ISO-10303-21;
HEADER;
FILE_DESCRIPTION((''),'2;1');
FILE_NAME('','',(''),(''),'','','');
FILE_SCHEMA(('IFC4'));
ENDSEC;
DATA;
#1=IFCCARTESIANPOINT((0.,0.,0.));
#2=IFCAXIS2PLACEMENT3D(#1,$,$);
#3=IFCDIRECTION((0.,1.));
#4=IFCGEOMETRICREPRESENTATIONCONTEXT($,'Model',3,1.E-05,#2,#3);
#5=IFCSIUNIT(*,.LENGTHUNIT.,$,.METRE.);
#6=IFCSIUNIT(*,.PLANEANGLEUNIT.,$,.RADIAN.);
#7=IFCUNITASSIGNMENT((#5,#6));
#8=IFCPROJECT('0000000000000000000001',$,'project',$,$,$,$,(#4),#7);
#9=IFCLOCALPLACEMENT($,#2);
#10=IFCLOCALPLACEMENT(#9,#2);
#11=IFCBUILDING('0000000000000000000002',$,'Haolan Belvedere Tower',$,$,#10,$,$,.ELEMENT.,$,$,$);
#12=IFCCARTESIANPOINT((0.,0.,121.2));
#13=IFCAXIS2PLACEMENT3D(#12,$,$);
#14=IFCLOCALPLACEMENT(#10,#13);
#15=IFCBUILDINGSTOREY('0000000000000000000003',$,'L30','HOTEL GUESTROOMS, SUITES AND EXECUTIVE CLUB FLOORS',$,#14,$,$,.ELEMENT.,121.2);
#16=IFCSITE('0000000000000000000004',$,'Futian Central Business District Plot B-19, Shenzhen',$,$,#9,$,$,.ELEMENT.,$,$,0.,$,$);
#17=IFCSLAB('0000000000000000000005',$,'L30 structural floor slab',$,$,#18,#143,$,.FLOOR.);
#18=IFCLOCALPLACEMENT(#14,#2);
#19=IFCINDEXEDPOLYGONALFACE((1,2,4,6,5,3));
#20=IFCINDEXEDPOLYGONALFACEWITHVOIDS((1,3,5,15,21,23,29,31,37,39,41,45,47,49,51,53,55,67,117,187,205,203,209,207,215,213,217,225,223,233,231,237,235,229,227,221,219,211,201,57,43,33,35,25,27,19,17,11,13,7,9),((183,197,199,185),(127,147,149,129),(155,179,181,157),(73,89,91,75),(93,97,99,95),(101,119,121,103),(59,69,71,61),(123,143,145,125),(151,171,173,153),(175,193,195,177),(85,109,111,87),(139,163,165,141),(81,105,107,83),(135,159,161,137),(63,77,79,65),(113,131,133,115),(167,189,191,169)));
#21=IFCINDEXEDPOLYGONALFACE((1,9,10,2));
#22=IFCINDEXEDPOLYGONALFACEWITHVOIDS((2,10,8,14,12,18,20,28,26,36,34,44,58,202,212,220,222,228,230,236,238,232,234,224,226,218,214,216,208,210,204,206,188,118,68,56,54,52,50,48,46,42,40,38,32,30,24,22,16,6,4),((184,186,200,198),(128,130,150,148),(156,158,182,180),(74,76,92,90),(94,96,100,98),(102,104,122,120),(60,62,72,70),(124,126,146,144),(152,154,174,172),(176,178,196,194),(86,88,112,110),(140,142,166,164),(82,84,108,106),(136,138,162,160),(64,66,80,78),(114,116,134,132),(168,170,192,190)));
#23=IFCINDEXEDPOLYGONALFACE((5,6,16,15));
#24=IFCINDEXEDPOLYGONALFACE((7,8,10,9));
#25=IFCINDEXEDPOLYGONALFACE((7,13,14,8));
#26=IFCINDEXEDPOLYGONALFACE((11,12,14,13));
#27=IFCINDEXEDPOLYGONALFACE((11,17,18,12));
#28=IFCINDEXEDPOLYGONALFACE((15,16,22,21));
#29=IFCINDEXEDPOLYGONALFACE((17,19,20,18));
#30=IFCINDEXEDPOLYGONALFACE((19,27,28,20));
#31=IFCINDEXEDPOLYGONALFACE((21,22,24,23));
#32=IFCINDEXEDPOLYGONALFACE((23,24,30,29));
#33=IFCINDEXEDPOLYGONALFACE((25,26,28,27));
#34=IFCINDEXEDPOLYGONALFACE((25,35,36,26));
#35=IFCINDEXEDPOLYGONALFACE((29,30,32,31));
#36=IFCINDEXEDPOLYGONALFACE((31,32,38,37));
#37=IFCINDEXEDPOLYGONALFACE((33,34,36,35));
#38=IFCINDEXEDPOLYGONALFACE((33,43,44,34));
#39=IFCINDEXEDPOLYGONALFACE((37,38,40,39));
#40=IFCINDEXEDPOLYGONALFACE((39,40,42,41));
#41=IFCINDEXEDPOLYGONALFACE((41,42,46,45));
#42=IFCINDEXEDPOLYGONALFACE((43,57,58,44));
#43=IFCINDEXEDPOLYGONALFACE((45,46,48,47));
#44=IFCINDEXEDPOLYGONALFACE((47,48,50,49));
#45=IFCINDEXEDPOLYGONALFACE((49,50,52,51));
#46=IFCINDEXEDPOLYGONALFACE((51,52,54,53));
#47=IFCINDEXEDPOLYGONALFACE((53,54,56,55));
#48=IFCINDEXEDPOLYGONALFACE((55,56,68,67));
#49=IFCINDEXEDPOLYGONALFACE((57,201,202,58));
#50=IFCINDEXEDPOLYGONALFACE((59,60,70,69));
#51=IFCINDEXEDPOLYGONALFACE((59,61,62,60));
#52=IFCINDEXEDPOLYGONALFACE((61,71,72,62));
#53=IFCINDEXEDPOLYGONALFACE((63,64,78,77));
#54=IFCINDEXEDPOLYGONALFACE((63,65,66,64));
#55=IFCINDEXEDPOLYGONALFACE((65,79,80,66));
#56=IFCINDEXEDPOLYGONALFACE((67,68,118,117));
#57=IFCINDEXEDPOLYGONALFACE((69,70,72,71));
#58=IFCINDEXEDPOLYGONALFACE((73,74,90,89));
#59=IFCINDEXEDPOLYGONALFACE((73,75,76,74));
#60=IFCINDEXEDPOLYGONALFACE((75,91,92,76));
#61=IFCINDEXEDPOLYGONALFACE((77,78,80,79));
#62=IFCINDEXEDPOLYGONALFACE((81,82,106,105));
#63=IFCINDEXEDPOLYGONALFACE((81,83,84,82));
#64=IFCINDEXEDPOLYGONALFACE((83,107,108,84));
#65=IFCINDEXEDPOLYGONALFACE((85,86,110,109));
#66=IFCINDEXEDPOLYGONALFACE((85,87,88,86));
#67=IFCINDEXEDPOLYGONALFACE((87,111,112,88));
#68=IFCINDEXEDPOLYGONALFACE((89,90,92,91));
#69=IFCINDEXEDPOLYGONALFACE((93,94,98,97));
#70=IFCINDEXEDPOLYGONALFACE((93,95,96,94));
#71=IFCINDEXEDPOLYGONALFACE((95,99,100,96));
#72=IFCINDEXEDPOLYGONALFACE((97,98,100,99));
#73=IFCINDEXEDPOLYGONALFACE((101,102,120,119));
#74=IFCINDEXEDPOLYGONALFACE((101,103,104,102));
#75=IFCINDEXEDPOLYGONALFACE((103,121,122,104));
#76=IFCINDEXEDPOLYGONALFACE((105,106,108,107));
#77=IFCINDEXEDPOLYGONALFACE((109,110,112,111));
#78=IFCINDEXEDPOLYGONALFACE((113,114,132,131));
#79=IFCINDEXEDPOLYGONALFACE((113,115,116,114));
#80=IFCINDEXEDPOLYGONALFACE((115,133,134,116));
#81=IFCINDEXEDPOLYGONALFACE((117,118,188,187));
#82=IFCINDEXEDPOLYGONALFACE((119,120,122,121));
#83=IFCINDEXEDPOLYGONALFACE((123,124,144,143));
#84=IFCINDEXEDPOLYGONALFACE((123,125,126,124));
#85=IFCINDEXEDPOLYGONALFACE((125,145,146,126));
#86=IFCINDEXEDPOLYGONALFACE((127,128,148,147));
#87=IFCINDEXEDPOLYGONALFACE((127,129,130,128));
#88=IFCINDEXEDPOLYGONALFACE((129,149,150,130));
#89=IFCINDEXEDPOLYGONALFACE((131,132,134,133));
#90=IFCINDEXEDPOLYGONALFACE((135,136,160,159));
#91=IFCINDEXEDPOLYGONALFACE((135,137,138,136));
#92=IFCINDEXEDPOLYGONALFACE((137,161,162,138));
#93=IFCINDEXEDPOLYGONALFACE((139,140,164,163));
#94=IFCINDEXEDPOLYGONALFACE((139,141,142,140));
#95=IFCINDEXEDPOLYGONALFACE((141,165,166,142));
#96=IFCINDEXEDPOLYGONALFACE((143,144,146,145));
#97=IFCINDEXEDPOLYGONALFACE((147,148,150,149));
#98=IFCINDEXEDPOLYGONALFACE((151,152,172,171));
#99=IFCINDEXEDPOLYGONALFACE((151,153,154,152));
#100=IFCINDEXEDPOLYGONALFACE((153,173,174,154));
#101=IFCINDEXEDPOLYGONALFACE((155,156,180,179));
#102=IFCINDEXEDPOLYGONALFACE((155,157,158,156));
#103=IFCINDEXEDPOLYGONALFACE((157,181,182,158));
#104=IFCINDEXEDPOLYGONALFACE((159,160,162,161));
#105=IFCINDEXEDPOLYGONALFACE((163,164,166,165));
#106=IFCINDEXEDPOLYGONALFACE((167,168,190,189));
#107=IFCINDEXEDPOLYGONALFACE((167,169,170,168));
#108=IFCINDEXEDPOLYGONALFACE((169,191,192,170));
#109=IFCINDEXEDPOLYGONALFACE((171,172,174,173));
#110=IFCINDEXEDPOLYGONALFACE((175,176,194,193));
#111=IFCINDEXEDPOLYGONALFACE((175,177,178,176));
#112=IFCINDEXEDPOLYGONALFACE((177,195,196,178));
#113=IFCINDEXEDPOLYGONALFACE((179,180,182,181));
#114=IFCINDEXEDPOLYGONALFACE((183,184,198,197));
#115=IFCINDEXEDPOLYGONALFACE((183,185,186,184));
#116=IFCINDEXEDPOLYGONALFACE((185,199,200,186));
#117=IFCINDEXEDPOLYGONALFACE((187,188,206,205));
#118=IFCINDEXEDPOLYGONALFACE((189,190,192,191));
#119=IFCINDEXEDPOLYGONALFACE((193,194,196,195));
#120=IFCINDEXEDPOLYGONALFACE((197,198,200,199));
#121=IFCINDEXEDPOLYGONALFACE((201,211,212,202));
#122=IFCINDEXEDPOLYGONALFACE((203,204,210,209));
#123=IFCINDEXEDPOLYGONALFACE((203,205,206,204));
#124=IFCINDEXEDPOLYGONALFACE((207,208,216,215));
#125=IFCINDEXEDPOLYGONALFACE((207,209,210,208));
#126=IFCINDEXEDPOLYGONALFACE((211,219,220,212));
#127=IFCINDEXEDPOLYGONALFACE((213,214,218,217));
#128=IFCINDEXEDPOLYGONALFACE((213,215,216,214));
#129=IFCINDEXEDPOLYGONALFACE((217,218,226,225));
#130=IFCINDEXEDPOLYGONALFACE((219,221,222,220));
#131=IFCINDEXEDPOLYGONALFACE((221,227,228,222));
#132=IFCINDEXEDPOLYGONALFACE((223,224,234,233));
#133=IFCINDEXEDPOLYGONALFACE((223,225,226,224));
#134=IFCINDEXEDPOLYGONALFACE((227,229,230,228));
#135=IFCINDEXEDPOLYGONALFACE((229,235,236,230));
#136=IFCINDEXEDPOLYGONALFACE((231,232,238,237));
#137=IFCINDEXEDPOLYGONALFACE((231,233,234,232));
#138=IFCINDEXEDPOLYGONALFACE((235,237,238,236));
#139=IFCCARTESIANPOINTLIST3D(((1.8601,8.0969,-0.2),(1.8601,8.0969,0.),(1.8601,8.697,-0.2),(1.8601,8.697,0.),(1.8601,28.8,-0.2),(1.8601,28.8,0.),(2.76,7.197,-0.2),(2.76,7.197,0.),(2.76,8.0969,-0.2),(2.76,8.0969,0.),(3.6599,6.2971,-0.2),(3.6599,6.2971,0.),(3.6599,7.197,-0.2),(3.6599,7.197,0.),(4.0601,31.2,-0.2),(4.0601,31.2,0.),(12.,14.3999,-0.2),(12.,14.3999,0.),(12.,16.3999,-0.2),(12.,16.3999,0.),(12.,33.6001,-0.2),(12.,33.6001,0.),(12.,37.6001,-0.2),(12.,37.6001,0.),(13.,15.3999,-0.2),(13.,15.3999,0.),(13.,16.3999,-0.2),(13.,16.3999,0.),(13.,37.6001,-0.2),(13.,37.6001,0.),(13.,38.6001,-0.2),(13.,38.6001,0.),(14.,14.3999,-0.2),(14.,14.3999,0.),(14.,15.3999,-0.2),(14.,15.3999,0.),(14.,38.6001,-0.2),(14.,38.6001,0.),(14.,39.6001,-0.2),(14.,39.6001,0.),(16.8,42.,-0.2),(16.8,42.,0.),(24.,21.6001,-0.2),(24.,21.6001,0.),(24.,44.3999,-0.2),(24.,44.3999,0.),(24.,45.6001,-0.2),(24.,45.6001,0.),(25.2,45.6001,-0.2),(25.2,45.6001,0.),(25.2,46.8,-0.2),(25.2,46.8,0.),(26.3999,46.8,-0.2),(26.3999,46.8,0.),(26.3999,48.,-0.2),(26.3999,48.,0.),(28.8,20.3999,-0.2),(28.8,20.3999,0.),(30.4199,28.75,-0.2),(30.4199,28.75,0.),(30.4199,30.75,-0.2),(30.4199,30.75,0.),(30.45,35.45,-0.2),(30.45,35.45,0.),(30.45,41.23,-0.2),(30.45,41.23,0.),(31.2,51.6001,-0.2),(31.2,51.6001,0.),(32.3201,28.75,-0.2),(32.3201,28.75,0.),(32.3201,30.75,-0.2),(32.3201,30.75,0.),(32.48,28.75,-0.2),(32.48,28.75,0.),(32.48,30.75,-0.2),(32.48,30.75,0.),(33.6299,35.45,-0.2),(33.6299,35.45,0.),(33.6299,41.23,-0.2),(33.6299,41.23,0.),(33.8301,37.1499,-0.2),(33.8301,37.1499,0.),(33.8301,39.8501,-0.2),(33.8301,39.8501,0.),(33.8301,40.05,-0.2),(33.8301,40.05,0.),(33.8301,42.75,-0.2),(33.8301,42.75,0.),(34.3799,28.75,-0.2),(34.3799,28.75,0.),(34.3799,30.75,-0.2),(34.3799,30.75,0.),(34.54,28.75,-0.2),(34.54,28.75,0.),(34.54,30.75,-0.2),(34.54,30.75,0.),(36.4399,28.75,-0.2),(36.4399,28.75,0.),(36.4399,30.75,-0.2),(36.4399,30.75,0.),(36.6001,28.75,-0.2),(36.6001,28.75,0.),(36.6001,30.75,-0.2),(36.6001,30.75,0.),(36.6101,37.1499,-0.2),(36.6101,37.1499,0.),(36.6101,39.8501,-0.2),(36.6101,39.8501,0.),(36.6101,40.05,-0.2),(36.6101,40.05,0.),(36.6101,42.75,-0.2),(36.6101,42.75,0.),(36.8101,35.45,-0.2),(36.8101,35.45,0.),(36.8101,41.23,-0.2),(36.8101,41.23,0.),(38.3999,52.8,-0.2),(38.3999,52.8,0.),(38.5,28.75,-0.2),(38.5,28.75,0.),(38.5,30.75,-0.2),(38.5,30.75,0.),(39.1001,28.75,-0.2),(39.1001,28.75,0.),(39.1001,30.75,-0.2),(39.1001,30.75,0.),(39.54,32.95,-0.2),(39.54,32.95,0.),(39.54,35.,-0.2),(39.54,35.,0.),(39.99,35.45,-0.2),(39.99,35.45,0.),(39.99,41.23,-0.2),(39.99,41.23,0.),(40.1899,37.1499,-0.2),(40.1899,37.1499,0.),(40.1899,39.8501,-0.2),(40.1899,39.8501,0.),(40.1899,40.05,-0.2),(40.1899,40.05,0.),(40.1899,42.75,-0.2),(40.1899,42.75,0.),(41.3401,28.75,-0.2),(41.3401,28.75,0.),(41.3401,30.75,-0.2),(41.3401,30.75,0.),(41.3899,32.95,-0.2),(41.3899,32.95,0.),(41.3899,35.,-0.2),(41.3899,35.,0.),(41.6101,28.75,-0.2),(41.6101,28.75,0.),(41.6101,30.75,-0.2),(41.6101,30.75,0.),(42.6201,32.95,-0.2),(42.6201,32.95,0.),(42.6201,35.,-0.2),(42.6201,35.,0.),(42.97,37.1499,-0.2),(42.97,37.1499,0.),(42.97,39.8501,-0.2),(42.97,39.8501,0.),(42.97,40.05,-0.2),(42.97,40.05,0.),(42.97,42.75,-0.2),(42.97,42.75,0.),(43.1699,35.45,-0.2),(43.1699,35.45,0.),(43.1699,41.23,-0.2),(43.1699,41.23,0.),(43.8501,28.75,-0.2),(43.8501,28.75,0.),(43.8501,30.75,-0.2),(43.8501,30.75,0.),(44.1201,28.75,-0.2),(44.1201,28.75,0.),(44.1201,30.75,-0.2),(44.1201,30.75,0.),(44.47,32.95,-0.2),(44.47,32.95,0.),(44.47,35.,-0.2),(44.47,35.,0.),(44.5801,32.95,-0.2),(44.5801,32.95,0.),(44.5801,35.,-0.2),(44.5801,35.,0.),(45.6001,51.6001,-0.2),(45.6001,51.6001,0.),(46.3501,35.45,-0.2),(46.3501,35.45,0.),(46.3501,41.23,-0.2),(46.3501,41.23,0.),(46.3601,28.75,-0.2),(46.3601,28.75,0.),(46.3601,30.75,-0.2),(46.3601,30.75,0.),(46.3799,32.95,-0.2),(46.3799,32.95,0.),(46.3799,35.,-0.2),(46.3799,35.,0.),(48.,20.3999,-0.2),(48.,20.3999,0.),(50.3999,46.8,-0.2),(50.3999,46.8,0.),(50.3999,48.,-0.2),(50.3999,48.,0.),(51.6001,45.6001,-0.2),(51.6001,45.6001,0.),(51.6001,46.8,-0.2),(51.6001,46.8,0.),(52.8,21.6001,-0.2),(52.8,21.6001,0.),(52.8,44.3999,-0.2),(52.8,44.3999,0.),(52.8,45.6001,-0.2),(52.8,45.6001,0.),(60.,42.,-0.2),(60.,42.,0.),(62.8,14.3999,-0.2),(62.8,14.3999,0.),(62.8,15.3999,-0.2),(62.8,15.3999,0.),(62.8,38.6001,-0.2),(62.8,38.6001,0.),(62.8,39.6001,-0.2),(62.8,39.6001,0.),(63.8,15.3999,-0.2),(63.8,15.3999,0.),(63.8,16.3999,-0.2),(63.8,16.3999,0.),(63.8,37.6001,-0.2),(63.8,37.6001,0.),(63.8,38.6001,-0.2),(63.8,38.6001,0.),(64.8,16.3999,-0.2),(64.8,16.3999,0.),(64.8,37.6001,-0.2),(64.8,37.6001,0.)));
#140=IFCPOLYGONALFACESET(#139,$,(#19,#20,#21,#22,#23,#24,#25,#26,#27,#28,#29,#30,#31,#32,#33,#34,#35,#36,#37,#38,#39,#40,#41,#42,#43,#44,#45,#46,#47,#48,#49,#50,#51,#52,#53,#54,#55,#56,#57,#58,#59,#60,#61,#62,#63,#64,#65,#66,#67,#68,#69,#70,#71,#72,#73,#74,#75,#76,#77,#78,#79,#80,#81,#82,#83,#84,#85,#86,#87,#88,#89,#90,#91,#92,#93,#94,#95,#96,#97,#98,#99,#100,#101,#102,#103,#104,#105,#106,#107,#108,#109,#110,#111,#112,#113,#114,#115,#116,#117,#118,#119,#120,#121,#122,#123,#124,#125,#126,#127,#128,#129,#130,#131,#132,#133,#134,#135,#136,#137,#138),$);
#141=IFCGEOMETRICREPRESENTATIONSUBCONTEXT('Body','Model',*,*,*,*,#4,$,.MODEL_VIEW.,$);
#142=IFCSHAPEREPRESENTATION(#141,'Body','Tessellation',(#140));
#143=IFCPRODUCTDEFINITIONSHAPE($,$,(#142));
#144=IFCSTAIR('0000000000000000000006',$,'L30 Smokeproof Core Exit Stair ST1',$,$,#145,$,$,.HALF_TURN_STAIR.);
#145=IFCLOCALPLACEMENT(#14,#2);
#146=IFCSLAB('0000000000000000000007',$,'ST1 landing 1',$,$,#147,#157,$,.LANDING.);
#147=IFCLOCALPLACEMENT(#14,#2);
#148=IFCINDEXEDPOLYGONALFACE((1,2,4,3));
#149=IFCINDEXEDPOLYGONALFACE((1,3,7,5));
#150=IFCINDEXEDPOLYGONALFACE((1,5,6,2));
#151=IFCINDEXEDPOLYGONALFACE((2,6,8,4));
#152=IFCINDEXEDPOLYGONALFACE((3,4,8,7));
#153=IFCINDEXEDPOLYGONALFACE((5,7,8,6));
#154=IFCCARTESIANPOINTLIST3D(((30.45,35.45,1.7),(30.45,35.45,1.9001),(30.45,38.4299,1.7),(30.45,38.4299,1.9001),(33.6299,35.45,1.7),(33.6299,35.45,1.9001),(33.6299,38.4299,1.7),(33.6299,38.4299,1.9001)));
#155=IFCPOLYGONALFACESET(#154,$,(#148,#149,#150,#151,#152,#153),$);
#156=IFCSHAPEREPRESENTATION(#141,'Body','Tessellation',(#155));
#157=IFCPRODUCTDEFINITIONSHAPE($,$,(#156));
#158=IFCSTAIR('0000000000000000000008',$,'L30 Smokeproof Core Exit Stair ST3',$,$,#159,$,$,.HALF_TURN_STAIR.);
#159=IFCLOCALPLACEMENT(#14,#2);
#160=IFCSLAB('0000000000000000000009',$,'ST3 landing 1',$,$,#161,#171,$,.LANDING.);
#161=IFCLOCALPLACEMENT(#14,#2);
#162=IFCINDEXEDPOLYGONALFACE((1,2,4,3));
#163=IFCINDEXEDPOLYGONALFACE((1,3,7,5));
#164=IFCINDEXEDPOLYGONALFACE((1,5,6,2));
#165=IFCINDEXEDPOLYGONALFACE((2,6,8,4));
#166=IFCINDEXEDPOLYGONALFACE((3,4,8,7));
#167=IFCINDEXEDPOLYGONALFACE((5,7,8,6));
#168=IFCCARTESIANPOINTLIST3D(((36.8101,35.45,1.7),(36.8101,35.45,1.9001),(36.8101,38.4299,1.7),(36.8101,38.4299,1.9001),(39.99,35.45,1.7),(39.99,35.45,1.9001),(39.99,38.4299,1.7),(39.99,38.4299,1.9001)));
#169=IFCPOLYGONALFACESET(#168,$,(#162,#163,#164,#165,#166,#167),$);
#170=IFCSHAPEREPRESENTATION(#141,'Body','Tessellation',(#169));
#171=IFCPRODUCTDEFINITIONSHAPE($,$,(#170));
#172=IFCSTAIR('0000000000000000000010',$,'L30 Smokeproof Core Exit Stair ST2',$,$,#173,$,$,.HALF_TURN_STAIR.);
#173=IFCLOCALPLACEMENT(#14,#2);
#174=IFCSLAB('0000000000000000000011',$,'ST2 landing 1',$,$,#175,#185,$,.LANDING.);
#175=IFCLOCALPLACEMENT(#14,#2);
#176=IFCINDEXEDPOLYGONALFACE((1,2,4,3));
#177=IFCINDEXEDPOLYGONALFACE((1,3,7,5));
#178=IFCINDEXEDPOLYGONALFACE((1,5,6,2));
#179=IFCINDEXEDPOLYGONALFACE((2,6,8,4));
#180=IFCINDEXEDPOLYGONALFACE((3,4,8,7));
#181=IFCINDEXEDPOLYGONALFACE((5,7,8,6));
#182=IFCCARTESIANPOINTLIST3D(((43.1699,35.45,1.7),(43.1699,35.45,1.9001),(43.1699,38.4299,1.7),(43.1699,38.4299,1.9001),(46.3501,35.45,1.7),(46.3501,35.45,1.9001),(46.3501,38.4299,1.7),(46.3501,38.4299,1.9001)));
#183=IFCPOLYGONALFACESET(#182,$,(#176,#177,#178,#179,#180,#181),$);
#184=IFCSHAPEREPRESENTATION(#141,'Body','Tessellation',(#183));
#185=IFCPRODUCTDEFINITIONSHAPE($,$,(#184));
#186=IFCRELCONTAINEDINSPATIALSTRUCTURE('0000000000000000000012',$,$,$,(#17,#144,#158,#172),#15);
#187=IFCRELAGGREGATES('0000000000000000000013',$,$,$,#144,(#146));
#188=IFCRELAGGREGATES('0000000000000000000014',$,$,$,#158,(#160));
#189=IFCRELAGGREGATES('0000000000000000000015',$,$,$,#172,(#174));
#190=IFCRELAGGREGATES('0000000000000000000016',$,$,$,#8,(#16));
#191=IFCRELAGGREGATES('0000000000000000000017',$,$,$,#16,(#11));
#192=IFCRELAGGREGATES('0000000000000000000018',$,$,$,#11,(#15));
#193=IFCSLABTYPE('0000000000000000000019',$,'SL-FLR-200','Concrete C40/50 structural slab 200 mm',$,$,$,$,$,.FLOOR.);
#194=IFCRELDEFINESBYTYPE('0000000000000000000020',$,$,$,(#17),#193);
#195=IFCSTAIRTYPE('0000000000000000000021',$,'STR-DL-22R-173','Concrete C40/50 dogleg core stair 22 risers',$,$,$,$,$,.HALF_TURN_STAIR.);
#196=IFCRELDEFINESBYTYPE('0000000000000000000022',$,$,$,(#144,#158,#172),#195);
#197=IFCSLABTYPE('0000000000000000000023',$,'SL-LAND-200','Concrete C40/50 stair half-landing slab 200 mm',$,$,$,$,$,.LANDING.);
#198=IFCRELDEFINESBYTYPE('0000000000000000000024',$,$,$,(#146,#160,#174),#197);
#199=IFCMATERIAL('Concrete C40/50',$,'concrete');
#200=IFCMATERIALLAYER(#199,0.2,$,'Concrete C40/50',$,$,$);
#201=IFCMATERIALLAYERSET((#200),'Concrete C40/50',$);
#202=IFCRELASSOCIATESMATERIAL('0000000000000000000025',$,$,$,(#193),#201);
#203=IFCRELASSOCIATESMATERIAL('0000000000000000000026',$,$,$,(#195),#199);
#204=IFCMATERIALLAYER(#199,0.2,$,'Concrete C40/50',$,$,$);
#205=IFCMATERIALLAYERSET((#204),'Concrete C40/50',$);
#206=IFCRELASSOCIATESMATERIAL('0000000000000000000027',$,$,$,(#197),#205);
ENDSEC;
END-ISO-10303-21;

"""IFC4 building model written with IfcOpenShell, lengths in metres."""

from ifc_helpers import new_model, si_unit, direction, frame, origin, place, context, subcontext, project, spatial, polyline, outline, extrude, material, layer, layer_set, type_object, element, aggregate, save


model = new_model("IFC4")

# Units and contexts
model_context = context("Model", 3, precision=1e-05, world=origin(), true_north=direction((0.0, 1.0)))
body_context = subcontext(model_context, "Body", "Model", "MODEL_VIEW")
ifc_project = project(units=[si_unit("LENGTHUNIT", "METRE"), si_unit("PLANEANGLEUNIT", "RADIAN")], contexts=[model_context])

# Site, building, storey
site_placement = place(None, origin())
site = spatial("IfcSite", under=ifc_project, at=site_placement, Name="Futian Central Business District Plot B-19, Shenzhen", CompositionType="ELEMENT", RefElevation=0.0)
building_placement = place(site_placement, origin())
building = spatial("IfcBuilding", under=site, at=building_placement, Name="Haolan Belvedere Tower", CompositionType="ELEMENT")
storey_placement = place(building_placement, frame((0.0, 0.0, 121.2)))
storey = spatial("IfcBuildingStorey", under=building, at=storey_placement, Name="L30", Description="HOTEL GUESTROOMS, SUITES AND EXECUTIVE CLUB FLOORS", CompositionType="ELEMENT", Elevation=121.2)

# Slab
ifc_material_1 = material(Name="Concrete C40/50", Category="concrete")
ifc_layer_1 = layer(ifc_material_1, 0.2, Name="Concrete C40/50")
ifc_layer_set_1 = layer_set([ifc_layer_1], Name="Concrete C40/50")
slab_type_1 = type_object("IfcSlabType", Name="SL-FLR-200", Description="Concrete C40/50 structural slab 200 mm", PredefinedType="FLOOR", material=ifc_layer_set_1)
slab_1_placement = place(storey_placement, frame((0.0, 0.0, -0.2)))
element("IfcSlab", 1, at=slab_1_placement, inside=storey, type_object=slab_type_1, Name="L30 structural floor slab", PredefinedType="FLOOR", context=body_context, shape_type="SweptSolid", body=[
    extrude(outline(polyline([(12.0, 14.3999), (12.0, 16.3999), (13.0, 16.3999), (13.0, 15.3999), (14.0, 15.3999), (14.0, 14.3999), (24.0, 21.6001), (28.8, 20.3999), (48.0, 20.3999), (52.8, 21.6001), (62.8, 14.3999), (62.8, 15.3999), (63.8, 15.3999), (63.8, 16.3999), (64.8, 16.3999), (64.8, 37.6001), (63.8, 37.6001), (63.8, 38.6001), (62.8, 38.6001), (62.8, 39.6001), (60.0, 42.0), (52.8, 44.3999), (52.8, 45.6001), (51.6001, 45.6001), (51.6001, 46.8), (50.3999, 46.8), (50.3999, 48.0), (45.6001, 51.6001), (38.3999, 52.8), (31.2, 51.6001), (26.3999, 48.0), (26.3999, 46.8), (25.2, 46.8), (25.2, 45.6001), (24.0, 45.6001), (24.0, 44.3999), (16.8, 42.0), (14.0, 39.6001), (14.0, 38.6001), (13.0, 38.6001), (13.0, 37.6001), (12.0, 37.6001), (12.0, 33.6001), (4.0601, 31.2), (1.8601, 28.8), (1.8601, 8.697), (1.8601, 8.0969), (2.76, 8.0969), (2.76, 7.197), (3.6599, 7.197), (3.6599, 6.2971), (12.0, 14.3999)]), holes=[polyline([(30.45, 41.23), (30.45, 35.45), (33.6299, 35.45), (33.6299, 41.23), (30.45, 41.23)]), polyline([(36.8101, 41.23), (36.8101, 35.45), (39.99, 35.45), (39.99, 41.23), (36.8101, 41.23)]), polyline([(43.1699, 41.23), (43.1699, 35.45), (46.3501, 35.45), (46.3501, 41.23), (43.1699, 41.23)]), polyline([(33.8301, 40.05), (36.6101, 40.05), (36.6101, 42.75), (33.8301, 42.75), (33.8301, 40.05)]), polyline([(33.8301, 37.1499), (36.6101, 37.1499), (36.6101, 39.8501), (33.8301, 39.8501), (33.8301, 37.1499)]), polyline([(40.1899, 40.05), (42.97, 40.05), (42.97, 42.75), (40.1899, 42.75), (40.1899, 40.05)]), polyline([(40.1899, 37.1499), (42.97, 37.1499), (42.97, 39.8501), (40.1899, 39.8501), (40.1899, 37.1499)]), polyline([(39.54, 32.95), (41.3899, 32.95), (41.3899, 35.0), (39.54, 35.0), (39.54, 32.95)]), polyline([(42.6201, 32.95), (44.47, 32.95), (44.47, 35.0), (42.6201, 35.0), (42.6201, 32.95)]), polyline([(44.5801, 32.95), (46.3799, 32.95), (46.3799, 35.0), (44.5801, 35.0), (44.5801, 32.95)]), polyline([(30.4199, 28.75), (32.3201, 28.75), (32.3201, 30.75), (30.4199, 30.75), (30.4199, 28.75)]), polyline([(32.48, 28.75), (34.3799, 28.75), (34.3799, 30.75), (32.48, 30.75), (32.48, 28.75)]), polyline([(34.54, 28.75), (36.4399, 28.75), (36.4399, 30.75), (34.54, 30.75), (34.54, 28.75)]), polyline([(36.6001, 28.75), (38.5, 28.75), (38.5, 30.75), (36.6001, 30.75), (36.6001, 28.75)]), polyline([(39.1001, 28.75), (41.3401, 28.75), (41.3401, 30.75), (39.1001, 30.75), (39.1001, 28.75)]), polyline([(41.6101, 28.75), (43.8501, 28.75), (43.8501, 30.75), (41.6101, 30.75), (41.6101, 28.75)]), polyline([(44.1201, 28.75), (46.3601, 28.75), (46.3601, 30.75), (44.1201, 30.75), (44.1201, 28.75)])]), origin(), (0.0, 0.0, 1.0), 0.2),
])

# Stairs, slabs
stair_type = type_object("IfcStairType", Name="STR-DL-22R-173", Description="Concrete C40/50 dogleg core stair 22 risers", PredefinedType="HALF_TURN_STAIR", material=ifc_material_1)
stair_1_placement = place(storey_placement, origin())
stair_1 = element("IfcStair", 2, at=stair_1_placement, inside=storey, type_object=stair_type, Name="L30 Smokeproof Core Exit Stair ST1", PredefinedType="HALF_TURN_STAIR")
ifc_layer_2 = layer(ifc_material_1, 0.2, Name="Concrete C40/50")
ifc_layer_set_2 = layer_set([ifc_layer_2], Name="Concrete C40/50")
slab_type_2 = type_object("IfcSlabType", Name="SL-LAND-200", Description="Concrete C40/50 stair half-landing slab 200 mm", PredefinedType="LANDING", material=ifc_layer_set_2)
slab_2_placement = place(storey_placement, frame((0.0, 0.0, 1.7)))
slab_2 = element("IfcSlab", 3, at=slab_2_placement, type_object=slab_type_2, Name="ST1 landing 1", PredefinedType="LANDING", context=body_context, shape_type="SweptSolid", body=[
    extrude(outline(polyline([(30.45, 38.4299), (30.45, 35.45), (33.6299, 35.45), (33.6299, 38.4299), (30.45, 38.4299)])), origin(), (0.0, 0.0, 1.0), 0.2002),
])
aggregate(stair_1, [slab_2])
stair_2_placement = place(storey_placement, origin())
stair_2 = element("IfcStair", 4, at=stair_2_placement, inside=storey, type_object=stair_type, Name="L30 Smokeproof Core Exit Stair ST3", PredefinedType="HALF_TURN_STAIR")
slab_3_placement = place(storey_placement, frame((0.0, 0.0, 1.7)))
slab_3 = element("IfcSlab", 5, at=slab_3_placement, type_object=slab_type_2, Name="ST3 landing 1", PredefinedType="LANDING", context=body_context, shape_type="SweptSolid", body=[
    extrude(outline(polyline([(36.8101, 38.4299), (36.8101, 35.45), (39.99, 35.45), (39.99, 38.4299), (36.8101, 38.4299)])), origin(), (0.0, 0.0, 1.0), 0.2002),
])
aggregate(stair_2, [slab_3])
stair_3_placement = place(storey_placement, origin())
stair_3 = element("IfcStair", 6, at=stair_3_placement, inside=storey, type_object=stair_type, Name="L30 Smokeproof Core Exit Stair ST2", PredefinedType="HALF_TURN_STAIR")
slab_4_placement = place(storey_placement, frame((0.0, 0.0, 1.7)))
slab_4 = element("IfcSlab", 7, at=slab_4_placement, type_object=slab_type_2, Name="ST2 landing 1", PredefinedType="LANDING", context=body_context, shape_type="SweptSolid", body=[
    extrude(outline(polyline([(43.1699, 38.4299), (43.1699, 35.45), (46.3501, 35.45), (46.3501, 38.4299), (43.1699, 38.4299)])), origin(), (0.0, 0.0, 1.0), 0.2002),
])
aggregate(stair_3, [slab_4])

save(model, "model.ifc")
